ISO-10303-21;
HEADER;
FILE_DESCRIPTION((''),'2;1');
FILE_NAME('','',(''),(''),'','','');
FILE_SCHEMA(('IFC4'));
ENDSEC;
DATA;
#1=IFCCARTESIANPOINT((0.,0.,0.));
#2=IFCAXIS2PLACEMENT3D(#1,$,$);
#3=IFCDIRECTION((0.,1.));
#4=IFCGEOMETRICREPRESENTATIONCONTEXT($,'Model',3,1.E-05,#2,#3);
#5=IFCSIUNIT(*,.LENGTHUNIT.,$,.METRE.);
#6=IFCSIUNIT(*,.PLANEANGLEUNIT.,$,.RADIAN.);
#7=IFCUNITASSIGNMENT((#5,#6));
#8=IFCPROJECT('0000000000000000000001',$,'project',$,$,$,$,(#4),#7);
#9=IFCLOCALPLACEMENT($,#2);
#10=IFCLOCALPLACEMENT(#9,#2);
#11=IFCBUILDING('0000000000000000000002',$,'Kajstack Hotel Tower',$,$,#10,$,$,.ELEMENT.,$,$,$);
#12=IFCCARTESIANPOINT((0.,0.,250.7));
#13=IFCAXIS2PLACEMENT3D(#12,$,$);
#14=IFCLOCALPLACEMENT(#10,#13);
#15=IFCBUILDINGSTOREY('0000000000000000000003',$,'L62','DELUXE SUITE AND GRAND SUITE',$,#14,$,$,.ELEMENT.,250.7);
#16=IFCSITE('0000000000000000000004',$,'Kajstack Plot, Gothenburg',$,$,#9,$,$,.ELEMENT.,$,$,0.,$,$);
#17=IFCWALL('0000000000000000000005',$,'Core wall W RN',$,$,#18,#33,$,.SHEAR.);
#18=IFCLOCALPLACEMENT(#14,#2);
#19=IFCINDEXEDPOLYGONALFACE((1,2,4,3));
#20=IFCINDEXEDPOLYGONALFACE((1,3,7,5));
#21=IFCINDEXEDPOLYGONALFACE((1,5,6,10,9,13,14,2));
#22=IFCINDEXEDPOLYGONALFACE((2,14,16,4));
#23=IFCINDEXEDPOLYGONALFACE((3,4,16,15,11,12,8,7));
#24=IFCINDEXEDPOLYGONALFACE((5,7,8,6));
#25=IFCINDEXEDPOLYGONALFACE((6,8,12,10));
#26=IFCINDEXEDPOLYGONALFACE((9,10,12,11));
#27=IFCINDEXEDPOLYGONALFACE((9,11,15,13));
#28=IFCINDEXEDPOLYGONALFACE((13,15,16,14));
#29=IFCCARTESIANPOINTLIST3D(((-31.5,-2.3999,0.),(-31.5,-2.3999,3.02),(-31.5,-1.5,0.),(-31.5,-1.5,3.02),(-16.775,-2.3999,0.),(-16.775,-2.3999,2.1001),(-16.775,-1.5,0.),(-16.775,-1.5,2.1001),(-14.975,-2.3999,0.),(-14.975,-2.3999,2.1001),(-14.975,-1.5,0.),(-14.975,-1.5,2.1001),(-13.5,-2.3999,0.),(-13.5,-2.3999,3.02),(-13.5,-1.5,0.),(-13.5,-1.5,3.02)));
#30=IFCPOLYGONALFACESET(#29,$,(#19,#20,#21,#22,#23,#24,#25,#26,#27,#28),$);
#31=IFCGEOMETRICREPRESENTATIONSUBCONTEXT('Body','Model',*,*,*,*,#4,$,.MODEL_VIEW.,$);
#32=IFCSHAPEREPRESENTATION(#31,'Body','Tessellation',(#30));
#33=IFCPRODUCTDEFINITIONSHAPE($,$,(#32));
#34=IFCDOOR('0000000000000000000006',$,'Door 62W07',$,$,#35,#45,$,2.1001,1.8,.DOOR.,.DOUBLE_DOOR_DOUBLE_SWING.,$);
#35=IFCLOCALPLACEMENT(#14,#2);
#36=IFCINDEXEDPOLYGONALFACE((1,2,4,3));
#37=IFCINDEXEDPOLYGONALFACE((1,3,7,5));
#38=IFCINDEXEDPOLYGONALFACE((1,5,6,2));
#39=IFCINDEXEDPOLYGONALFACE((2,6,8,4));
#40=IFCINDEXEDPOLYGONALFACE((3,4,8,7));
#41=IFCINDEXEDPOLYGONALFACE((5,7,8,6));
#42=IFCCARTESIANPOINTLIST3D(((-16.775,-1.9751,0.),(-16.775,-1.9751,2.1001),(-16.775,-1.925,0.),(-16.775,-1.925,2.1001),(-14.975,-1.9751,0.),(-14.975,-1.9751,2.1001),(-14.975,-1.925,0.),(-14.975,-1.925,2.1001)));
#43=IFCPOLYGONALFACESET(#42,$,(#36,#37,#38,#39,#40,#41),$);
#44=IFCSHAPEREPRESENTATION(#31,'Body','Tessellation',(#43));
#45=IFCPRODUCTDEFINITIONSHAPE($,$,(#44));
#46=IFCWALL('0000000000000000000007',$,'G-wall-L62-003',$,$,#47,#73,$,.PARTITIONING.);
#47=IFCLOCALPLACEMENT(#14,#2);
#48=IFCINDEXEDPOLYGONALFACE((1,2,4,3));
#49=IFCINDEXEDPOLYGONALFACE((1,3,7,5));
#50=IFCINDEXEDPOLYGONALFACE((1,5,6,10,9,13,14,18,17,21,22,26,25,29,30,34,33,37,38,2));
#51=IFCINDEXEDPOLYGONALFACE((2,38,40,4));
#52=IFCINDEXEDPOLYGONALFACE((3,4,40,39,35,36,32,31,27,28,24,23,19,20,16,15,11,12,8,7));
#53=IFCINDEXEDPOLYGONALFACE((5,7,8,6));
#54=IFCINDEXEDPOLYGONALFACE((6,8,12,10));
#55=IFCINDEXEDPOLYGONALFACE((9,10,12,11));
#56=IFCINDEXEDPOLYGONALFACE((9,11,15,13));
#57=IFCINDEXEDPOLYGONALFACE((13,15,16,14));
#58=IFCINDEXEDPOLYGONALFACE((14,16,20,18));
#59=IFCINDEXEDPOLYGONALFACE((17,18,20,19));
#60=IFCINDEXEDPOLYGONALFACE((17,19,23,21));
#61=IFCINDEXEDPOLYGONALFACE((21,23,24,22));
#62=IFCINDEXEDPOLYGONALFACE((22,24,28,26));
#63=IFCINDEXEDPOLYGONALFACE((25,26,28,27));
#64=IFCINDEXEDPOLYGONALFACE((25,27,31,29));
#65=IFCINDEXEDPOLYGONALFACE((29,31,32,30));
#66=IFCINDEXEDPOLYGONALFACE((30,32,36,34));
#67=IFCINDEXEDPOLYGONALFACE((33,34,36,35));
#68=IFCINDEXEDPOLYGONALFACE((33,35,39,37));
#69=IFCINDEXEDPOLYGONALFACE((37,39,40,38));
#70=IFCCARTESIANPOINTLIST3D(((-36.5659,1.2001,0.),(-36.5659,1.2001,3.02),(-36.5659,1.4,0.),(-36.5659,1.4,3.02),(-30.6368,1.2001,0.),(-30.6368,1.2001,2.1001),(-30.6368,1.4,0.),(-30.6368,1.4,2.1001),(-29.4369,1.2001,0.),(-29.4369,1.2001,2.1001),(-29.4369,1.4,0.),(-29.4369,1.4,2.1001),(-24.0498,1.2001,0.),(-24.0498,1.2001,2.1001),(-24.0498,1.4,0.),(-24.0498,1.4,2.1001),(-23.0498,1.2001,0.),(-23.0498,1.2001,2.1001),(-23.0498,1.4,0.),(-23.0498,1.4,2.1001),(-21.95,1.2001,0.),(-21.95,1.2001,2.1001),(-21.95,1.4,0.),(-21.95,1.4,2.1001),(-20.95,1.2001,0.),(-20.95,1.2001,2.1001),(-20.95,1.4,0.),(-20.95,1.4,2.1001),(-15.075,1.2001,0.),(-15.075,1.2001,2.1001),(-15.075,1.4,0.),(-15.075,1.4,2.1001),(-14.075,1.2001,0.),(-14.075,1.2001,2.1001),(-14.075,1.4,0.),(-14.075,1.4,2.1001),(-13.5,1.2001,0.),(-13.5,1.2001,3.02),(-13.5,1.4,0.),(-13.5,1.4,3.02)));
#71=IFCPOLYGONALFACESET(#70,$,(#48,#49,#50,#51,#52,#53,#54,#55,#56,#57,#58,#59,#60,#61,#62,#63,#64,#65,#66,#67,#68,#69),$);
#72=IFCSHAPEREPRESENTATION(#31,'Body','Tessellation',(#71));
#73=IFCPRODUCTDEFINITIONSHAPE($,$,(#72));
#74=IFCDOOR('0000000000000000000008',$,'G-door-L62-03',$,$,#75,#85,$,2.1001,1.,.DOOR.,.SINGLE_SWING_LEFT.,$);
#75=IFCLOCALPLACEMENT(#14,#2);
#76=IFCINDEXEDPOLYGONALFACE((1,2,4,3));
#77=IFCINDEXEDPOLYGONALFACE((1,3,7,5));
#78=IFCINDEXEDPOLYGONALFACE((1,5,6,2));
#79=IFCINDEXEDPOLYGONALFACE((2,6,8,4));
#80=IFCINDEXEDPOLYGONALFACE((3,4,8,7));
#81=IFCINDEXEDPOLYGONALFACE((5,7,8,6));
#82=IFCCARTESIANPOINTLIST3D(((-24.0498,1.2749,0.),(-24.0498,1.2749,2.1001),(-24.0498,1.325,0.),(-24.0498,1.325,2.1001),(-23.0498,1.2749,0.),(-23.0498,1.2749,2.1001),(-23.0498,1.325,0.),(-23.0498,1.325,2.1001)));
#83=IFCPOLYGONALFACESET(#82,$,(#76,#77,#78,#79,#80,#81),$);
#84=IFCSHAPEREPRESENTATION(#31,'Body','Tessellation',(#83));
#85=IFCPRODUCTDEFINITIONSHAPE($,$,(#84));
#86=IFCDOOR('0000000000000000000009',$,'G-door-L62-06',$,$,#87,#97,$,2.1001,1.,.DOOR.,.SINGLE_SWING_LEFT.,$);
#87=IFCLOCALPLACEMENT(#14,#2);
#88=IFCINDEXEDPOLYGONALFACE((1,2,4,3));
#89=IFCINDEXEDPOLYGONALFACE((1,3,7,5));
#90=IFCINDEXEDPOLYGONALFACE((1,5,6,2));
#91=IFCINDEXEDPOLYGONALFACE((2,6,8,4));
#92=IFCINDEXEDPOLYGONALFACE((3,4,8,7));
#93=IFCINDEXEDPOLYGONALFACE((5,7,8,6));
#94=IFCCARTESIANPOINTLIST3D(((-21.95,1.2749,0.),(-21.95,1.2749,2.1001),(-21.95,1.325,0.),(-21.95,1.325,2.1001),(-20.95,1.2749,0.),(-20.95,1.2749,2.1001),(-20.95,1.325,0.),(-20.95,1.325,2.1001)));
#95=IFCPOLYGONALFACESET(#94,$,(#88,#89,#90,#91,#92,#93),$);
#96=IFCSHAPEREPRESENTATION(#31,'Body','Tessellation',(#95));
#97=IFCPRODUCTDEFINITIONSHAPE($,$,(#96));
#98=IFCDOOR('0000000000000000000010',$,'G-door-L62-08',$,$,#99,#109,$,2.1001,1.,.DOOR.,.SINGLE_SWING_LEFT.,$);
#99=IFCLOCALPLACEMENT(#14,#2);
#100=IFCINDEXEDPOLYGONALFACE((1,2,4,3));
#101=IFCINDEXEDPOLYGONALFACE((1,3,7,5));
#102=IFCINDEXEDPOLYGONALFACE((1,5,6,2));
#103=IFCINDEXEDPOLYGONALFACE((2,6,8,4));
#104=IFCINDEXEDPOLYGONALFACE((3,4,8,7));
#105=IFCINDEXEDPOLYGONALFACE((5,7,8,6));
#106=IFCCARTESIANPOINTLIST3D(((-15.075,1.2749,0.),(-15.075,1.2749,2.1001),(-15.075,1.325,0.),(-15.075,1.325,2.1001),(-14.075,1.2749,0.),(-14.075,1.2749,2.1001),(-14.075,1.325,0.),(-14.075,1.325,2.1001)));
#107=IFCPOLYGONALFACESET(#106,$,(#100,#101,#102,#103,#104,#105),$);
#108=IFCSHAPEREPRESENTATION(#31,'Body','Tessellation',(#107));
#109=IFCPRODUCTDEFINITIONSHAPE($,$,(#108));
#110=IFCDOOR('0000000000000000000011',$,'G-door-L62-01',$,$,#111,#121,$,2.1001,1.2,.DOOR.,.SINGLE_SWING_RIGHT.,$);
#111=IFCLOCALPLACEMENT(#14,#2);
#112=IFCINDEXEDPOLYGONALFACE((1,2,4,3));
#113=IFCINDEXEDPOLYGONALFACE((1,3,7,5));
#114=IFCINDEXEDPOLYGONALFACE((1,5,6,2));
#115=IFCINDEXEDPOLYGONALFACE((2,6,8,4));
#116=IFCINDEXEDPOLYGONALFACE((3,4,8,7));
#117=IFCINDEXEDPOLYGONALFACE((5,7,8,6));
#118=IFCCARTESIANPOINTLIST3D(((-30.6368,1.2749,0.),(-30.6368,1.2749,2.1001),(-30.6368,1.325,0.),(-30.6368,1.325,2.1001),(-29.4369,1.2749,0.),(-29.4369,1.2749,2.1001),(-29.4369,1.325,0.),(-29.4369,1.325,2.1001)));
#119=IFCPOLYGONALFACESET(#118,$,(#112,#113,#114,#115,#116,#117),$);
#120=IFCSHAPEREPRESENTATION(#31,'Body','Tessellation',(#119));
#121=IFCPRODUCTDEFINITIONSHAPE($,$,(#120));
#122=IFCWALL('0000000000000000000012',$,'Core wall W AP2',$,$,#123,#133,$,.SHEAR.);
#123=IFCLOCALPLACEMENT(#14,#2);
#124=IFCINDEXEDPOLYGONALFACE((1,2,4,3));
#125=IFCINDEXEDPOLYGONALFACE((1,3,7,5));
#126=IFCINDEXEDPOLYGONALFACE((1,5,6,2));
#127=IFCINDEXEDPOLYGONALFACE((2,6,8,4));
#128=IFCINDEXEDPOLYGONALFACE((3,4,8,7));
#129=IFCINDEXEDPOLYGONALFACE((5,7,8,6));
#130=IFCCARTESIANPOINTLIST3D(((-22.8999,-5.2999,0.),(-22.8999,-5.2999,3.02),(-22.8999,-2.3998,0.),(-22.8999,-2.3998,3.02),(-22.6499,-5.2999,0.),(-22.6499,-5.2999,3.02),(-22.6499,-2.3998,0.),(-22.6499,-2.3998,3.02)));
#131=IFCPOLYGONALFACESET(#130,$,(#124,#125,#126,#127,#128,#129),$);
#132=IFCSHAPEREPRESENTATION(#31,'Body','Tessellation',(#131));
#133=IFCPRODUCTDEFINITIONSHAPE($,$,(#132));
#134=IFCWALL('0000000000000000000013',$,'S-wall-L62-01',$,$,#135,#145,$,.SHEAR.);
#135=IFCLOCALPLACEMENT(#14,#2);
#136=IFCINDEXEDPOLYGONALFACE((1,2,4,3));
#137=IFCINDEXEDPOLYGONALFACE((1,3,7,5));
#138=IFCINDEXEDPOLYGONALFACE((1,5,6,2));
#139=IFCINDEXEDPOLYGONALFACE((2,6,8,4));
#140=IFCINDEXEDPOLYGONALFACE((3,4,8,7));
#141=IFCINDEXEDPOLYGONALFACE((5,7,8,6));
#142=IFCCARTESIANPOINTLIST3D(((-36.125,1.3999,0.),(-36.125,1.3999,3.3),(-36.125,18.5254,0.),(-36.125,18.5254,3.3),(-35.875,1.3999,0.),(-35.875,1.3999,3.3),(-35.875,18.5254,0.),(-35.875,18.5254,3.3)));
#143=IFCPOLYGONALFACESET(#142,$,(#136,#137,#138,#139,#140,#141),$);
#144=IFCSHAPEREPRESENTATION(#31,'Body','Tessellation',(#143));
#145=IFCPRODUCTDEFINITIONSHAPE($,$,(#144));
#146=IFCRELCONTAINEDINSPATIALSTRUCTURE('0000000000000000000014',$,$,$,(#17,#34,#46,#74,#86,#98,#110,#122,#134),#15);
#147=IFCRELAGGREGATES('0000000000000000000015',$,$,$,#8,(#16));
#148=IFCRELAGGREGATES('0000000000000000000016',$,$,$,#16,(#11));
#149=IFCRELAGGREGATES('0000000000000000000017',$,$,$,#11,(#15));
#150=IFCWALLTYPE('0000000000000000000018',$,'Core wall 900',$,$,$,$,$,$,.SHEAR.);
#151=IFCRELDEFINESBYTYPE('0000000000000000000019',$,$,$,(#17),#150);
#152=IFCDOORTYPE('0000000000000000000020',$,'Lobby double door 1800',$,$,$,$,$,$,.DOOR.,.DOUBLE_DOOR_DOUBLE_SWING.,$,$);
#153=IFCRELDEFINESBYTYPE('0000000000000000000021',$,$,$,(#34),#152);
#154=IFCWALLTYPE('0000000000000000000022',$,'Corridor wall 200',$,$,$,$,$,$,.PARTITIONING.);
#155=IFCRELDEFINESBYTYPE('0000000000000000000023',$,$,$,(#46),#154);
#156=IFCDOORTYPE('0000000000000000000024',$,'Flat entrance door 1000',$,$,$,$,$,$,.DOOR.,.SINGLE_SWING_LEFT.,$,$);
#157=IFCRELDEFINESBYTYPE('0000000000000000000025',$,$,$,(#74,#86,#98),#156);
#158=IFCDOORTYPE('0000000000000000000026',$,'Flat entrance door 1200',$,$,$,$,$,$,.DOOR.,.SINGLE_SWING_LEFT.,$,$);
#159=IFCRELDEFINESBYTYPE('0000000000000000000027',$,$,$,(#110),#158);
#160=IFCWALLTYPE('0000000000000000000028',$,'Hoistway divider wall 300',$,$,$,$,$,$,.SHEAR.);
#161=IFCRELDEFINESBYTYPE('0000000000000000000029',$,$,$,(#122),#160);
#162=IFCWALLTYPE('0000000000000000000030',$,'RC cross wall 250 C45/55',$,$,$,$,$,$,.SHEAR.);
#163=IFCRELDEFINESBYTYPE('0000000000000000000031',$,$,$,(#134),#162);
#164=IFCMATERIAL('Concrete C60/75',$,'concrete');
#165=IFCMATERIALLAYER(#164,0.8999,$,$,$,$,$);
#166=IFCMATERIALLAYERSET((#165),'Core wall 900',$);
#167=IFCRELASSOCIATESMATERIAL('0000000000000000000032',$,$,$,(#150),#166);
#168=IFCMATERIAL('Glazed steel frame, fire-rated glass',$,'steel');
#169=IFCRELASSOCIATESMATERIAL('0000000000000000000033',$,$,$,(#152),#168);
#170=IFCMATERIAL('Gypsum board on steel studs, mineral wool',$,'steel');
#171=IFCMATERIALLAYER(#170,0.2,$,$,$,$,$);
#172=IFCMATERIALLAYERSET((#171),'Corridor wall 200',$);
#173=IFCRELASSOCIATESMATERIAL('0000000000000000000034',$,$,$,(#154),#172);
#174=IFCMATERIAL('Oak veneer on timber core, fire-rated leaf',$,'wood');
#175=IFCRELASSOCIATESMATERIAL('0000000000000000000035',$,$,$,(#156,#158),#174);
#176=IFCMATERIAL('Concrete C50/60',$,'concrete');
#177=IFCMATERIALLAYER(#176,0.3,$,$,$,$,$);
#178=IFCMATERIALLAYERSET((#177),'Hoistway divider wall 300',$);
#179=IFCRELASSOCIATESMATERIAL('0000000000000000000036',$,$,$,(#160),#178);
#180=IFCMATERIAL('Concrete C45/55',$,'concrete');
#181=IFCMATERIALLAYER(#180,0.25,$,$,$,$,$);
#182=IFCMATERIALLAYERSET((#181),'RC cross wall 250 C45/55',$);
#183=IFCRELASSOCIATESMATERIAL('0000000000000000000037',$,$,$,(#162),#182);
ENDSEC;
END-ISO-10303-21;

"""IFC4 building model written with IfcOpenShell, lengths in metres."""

from ifc_helpers import new_model, si_unit, direction, frame, frame_2d, origin, place, context, subcontext, project, spatial, rectangle, extrude, material, layer, layer_set, type_object, element, fill, save


model = new_model("IFC4")

# Units and contexts
model_context = context("Model", 3, precision=1e-05, world=origin(), true_north=direction((0.0, 1.0)))
body_context = subcontext(model_context, "Body", "Model", "MODEL_VIEW")
ifc_project = project(units=[si_unit("LENGTHUNIT", "METRE"), si_unit("PLANEANGLEUNIT", "RADIAN")], contexts=[model_context])

# Site, building, storey
site_placement = place(None, origin())
site = spatial("IfcSite", under=ifc_project, at=site_placement, Name="Kajstack Plot, Gothenburg", CompositionType="ELEMENT", RefElevation=0.0)
building_placement = place(site_placement, origin())
building = spatial("IfcBuilding", under=site, at=building_placement, Name="Kajstack Hotel Tower", CompositionType="ELEMENT")
storey_placement = place(building_placement, frame((0.0, 0.0, 250.7)))
storey = spatial("IfcBuildingStorey", under=building, at=storey_placement, Name="L62", Description="DELUXE SUITE AND GRAND SUITE", CompositionType="ELEMENT", Elevation=250.7)

# Wall, opening, door
ifc_material_1 = material(Name="Concrete C60/75", Category="concrete")
ifc_layer_1 = layer(ifc_material_1, 0.8999)
ifc_layer_set_1 = layer_set([ifc_layer_1], Name="Core wall 900")
wall_type_1 = type_object("IfcWallType", Name="Core wall 900", PredefinedType="SHEAR", material=ifc_layer_set_1)
wall_1_placement = place(storey_placement, frame((-31.5, -1.95, 0.0), z_axis=(0.0, 0.0, 1.0), x_axis=(1.0, 0.0, 0.0)))
wall_1 = element("IfcWall", 1, at=wall_1_placement, inside=storey, type_object=wall_type_1, Name="Core wall W RN", PredefinedType="SHEAR", context=body_context, shape_type="SweptSolid", body=[
    extrude(rectangle(XDim=18.0, YDim=0.8999, at=frame_2d((9.0, 0.0))), origin(), (0.0, 0.0, 1.0), 3.02),
])
opening_1_placement = place(wall_1_placement, frame((14.7251, 0.0, 0.0)))
opening_1 = element("IfcOpeningElement", 2, at=opening_1_placement, cuts=wall_1, PredefinedType="OPENING", context=body_context, shape_type="SweptSolid", body=[
    extrude(rectangle(XDim=1.8, YDim=2.1001, at=frame_2d((0.8999, 1.05))), frame((0.0, 0.46, 0.0), z_axis=(0.0, -1.0, 0.0), x_axis=(1.0, 0.0, 0.0)), (0.0, 0.0, 1.0), 0.9199),
])
ifc_material_2 = material(Name="Glazed steel frame, fire-rated glass", Category="steel")
door_type_1 = type_object("IfcDoorType", Name="Lobby double door 1800", OperationType="DOUBLE_DOOR_DOUBLE_SWING", PredefinedType="DOOR", material=ifc_material_2)
door_1_placement = place(opening_1_placement, origin())
door_1 = element("IfcDoor", 3, at=door_1_placement, inside=storey, type_object=door_type_1, Name="Door 62W07", OperationType="DOUBLE_DOOR_DOUBLE_SWING", OverallHeight=2.1001, OverallWidth=1.8, PredefinedType="DOOR", context=body_context, shape_type="SweptSolid", body=[
    extrude(rectangle(XDim=1.8, YDim=2.1001, at=frame_2d((0.8999, 1.05))), frame((0.0, 0.0249, 0.0), z_axis=(0.0, -1.0, 0.0), x_axis=(1.0, 0.0, 0.0)), (0.0, 0.0, 1.0), 0.05),
])
fill(opening_1, door_1)

# Wall, openings, doors
ifc_material_3 = material(Name="Gypsum board on steel studs, mineral wool", Category="steel")
ifc_layer_2 = layer(ifc_material_3, 0.2)
ifc_layer_set_2 = layer_set([ifc_layer_2], Name="Corridor wall 200")
wall_type_2 = type_object("IfcWallType", Name="Corridor wall 200", PredefinedType="PARTITIONING", material=ifc_layer_set_2)
wall_2_placement = place(storey_placement, frame((-36.5659, 1.3, 0.0), z_axis=(0.0, 0.0, 1.0), x_axis=(1.0, 0.0, 0.0)))
wall_2 = element("IfcWall", 4, at=wall_2_placement, inside=storey, type_object=wall_type_2, Name="G-wall-L62-003", PredefinedType="PARTITIONING", context=body_context, shape_type="SweptSolid", body=[
    extrude(rectangle(XDim=23.0659, YDim=0.2, at=frame_2d((11.533, 0.0))), origin(), (0.0, 0.0, 1.0), 3.02),
])
opening_2_placement = place(wall_2_placement, frame((5.929, 0.0, 0.0)))
opening_2 = element("IfcOpeningElement", 5, at=opening_2_placement, cuts=wall_2, PredefinedType="OPENING", context=body_context, shape_type="SweptSolid", body=[
    extrude(rectangle(XDim=1.2, YDim=2.1001, at=frame_2d((0.6001, 1.05))), frame((0.0, 0.1099, 0.0), z_axis=(0.0, -1.0, 0.0), x_axis=(1.0, 0.0, 0.0)), (0.0, 0.0, 1.0), 0.22),
])
opening_3_placement = place(wall_2_placement, frame((12.5161, 0.0, 0.0)))
opening_3 = element("IfcOpeningElement", 6, at=opening_3_placement, cuts=wall_2, PredefinedType="OPENING", context=body_context, shape_type="SweptSolid", body=[
    extrude(rectangle(XDim=1.0, YDim=2.1001, at=frame_2d((0.5, 1.05))), frame((0.0, 0.1099, 0.0), z_axis=(0.0, -1.0, 0.0), x_axis=(1.0, 0.0, 0.0)), (0.0, 0.0, 1.0), 0.22),
])
opening_4_placement = place(wall_2_placement, frame((14.616, 0.0, 0.0)))
opening_4 = element("IfcOpeningElement", 7, at=opening_4_placement, cuts=wall_2, PredefinedType="OPENING", context=body_context, shape_type="SweptSolid", body=[
    extrude(rectangle(XDim=1.0, YDim=2.1001, at=frame_2d((0.5, 1.05))), frame((0.0, 0.1099, 0.0), z_axis=(0.0, -1.0, 0.0), x_axis=(1.0, 0.0, 0.0)), (0.0, 0.0, 1.0), 0.22),
])
opening_5_placement = place(wall_2_placement, frame((21.491, 0.0, 0.0)))
opening_5 = element("IfcOpeningElement", 8, at=opening_5_placement, cuts=wall_2, PredefinedType="OPENING", context=body_context, shape_type="SweptSolid", body=[
    extrude(rectangle(XDim=1.0, YDim=2.1001, at=frame_2d((0.5, 1.05))), frame((0.0, 0.1099, 0.0), z_axis=(0.0, -1.0, 0.0), x_axis=(1.0, 0.0, 0.0)), (0.0, 0.0, 1.0), 0.22),
])
ifc_material_4 = material(Name="Oak veneer on timber core, fire-rated leaf", Category="wood")
door_type_2 = type_object("IfcDoorType", Name="Flat entrance door 1000", OperationType="SINGLE_SWING_LEFT", PredefinedType="DOOR", material=ifc_material_4)
door_2_placement = place(opening_3_placement, origin())
door_2 = element("IfcDoor", 9, at=door_2_placement, inside=storey, type_object=door_type_2, Name="G-door-L62-03", OperationType="SINGLE_SWING_LEFT", OverallHeight=2.1001, OverallWidth=1.0, PredefinedType="DOOR", context=body_context, shape_type="SweptSolid", body=[
    extrude(rectangle(XDim=1.0, YDim=2.1001, at=frame_2d((0.5, 1.05))), frame((0.0, 0.0249, 0.0), z_axis=(0.0, -1.0, 0.0), x_axis=(1.0, 0.0, 0.0)), (0.0, 0.0, 1.0), 0.05),
])
fill(opening_3, door_2)
door_3_placement = place(opening_4_placement, origin())
door_3 = element("IfcDoor", 10, at=door_3_placement, inside=storey, type_object=door_type_2, Name="G-door-L62-06", OperationType="SINGLE_SWING_LEFT", OverallHeight=2.1001, OverallWidth=1.0, PredefinedType="DOOR", context=body_context, shape_type="SweptSolid", body=[
    extrude(rectangle(XDim=1.0, YDim=2.1001, at=frame_2d((0.5, 1.05))), frame((0.0, 0.0249, 0.0), z_axis=(0.0, -1.0, 0.0), x_axis=(1.0, 0.0, 0.0)), (0.0, 0.0, 1.0), 0.05),
])
fill(opening_4, door_3)
door_4_placement = place(opening_5_placement, origin())
door_4 = element("IfcDoor", 11, at=door_4_placement, inside=storey, type_object=door_type_2, Name="G-door-L62-08", OperationType="SINGLE_SWING_LEFT", OverallHeight=2.1001, OverallWidth=1.0, PredefinedType="DOOR", context=body_context, shape_type="SweptSolid", body=[
    extrude(rectangle(XDim=1.0, YDim=2.1001, at=frame_2d((0.5, 1.05))), frame((0.0, 0.0249, 0.0), z_axis=(0.0, -1.0, 0.0), x_axis=(1.0, 0.0, 0.0)), (0.0, 0.0, 1.0), 0.05),
])
fill(opening_5, door_4)
door_type_3 = type_object("IfcDoorType", Name="Flat entrance door 1200", OperationType="SINGLE_SWING_LEFT", PredefinedType="DOOR", material=ifc_material_4)
door_5_placement = place(opening_2_placement, origin())
door_5 = element("IfcDoor", 12, at=door_5_placement, inside=storey, type_object=door_type_3, Name="G-door-L62-01", OperationType="SINGLE_SWING_RIGHT", OverallHeight=2.1001, OverallWidth=1.2, PredefinedType="DOOR", context=body_context, shape_type="SweptSolid", body=[
    extrude(rectangle(XDim=1.2, YDim=2.1001, at=frame_2d((0.6001, 1.05))), frame((0.0, 0.0249, 0.0), z_axis=(0.0, -1.0, 0.0), x_axis=(1.0, 0.0, 0.0)), (0.0, 0.0, 1.0), 0.05),
])
fill(opening_2, door_5)

# Walls
ifc_material_5 = material(Name="Concrete C50/60", Category="concrete")
ifc_layer_3 = layer(ifc_material_5, 0.3)
ifc_layer_set_3 = layer_set([ifc_layer_3], Name="Hoistway divider wall 300")
wall_type_3 = type_object("IfcWallType", Name="Hoistway divider wall 300", PredefinedType="SHEAR", material=ifc_layer_set_3)
wall_3_placement = place(storey_placement, frame((-22.7749, -5.3, 0.0), z_axis=(0.0, 0.0, 1.0), x_axis=(0.0, 1.0, 0.0)))
element("IfcWall", 13, at=wall_3_placement, inside=storey, type_object=wall_type_3, Name="Core wall W AP2", PredefinedType="SHEAR", context=body_context, shape_type="SweptSolid", body=[
    extrude(rectangle(XDim=2.9001, YDim=0.25, at=frame_2d((1.4502, 0.0))), origin(), (0.0, 0.0, 1.0), 3.02),
])
ifc_material_6 = material(Name="Concrete C45/55", Category="concrete")
ifc_layer_4 = layer(ifc_material_6, 0.25)
ifc_layer_set_4 = layer_set([ifc_layer_4], Name="RC cross wall 250 C45/55")
wall_type_4 = type_object("IfcWallType", Name="RC cross wall 250 C45/55", PredefinedType="SHEAR", material=ifc_layer_set_4)
wall_4_placement = place(storey_placement, frame((-36.0, 1.3999, 0.0), z_axis=(0.0, 0.0, 1.0), x_axis=(0.0, 1.0, 0.0)))
element("IfcWall", 14, at=wall_4_placement, inside=storey, type_object=wall_type_4, Name="S-wall-L62-01", PredefinedType="SHEAR", context=body_context, shape_type="SweptSolid", body=[
    extrude(rectangle(XDim=17.1255, YDim=0.25, at=frame_2d((8.5627, 0.0))), origin(), (0.0, 0.0, 1.0), 3.3),
])

save(model, "model.ifc")
